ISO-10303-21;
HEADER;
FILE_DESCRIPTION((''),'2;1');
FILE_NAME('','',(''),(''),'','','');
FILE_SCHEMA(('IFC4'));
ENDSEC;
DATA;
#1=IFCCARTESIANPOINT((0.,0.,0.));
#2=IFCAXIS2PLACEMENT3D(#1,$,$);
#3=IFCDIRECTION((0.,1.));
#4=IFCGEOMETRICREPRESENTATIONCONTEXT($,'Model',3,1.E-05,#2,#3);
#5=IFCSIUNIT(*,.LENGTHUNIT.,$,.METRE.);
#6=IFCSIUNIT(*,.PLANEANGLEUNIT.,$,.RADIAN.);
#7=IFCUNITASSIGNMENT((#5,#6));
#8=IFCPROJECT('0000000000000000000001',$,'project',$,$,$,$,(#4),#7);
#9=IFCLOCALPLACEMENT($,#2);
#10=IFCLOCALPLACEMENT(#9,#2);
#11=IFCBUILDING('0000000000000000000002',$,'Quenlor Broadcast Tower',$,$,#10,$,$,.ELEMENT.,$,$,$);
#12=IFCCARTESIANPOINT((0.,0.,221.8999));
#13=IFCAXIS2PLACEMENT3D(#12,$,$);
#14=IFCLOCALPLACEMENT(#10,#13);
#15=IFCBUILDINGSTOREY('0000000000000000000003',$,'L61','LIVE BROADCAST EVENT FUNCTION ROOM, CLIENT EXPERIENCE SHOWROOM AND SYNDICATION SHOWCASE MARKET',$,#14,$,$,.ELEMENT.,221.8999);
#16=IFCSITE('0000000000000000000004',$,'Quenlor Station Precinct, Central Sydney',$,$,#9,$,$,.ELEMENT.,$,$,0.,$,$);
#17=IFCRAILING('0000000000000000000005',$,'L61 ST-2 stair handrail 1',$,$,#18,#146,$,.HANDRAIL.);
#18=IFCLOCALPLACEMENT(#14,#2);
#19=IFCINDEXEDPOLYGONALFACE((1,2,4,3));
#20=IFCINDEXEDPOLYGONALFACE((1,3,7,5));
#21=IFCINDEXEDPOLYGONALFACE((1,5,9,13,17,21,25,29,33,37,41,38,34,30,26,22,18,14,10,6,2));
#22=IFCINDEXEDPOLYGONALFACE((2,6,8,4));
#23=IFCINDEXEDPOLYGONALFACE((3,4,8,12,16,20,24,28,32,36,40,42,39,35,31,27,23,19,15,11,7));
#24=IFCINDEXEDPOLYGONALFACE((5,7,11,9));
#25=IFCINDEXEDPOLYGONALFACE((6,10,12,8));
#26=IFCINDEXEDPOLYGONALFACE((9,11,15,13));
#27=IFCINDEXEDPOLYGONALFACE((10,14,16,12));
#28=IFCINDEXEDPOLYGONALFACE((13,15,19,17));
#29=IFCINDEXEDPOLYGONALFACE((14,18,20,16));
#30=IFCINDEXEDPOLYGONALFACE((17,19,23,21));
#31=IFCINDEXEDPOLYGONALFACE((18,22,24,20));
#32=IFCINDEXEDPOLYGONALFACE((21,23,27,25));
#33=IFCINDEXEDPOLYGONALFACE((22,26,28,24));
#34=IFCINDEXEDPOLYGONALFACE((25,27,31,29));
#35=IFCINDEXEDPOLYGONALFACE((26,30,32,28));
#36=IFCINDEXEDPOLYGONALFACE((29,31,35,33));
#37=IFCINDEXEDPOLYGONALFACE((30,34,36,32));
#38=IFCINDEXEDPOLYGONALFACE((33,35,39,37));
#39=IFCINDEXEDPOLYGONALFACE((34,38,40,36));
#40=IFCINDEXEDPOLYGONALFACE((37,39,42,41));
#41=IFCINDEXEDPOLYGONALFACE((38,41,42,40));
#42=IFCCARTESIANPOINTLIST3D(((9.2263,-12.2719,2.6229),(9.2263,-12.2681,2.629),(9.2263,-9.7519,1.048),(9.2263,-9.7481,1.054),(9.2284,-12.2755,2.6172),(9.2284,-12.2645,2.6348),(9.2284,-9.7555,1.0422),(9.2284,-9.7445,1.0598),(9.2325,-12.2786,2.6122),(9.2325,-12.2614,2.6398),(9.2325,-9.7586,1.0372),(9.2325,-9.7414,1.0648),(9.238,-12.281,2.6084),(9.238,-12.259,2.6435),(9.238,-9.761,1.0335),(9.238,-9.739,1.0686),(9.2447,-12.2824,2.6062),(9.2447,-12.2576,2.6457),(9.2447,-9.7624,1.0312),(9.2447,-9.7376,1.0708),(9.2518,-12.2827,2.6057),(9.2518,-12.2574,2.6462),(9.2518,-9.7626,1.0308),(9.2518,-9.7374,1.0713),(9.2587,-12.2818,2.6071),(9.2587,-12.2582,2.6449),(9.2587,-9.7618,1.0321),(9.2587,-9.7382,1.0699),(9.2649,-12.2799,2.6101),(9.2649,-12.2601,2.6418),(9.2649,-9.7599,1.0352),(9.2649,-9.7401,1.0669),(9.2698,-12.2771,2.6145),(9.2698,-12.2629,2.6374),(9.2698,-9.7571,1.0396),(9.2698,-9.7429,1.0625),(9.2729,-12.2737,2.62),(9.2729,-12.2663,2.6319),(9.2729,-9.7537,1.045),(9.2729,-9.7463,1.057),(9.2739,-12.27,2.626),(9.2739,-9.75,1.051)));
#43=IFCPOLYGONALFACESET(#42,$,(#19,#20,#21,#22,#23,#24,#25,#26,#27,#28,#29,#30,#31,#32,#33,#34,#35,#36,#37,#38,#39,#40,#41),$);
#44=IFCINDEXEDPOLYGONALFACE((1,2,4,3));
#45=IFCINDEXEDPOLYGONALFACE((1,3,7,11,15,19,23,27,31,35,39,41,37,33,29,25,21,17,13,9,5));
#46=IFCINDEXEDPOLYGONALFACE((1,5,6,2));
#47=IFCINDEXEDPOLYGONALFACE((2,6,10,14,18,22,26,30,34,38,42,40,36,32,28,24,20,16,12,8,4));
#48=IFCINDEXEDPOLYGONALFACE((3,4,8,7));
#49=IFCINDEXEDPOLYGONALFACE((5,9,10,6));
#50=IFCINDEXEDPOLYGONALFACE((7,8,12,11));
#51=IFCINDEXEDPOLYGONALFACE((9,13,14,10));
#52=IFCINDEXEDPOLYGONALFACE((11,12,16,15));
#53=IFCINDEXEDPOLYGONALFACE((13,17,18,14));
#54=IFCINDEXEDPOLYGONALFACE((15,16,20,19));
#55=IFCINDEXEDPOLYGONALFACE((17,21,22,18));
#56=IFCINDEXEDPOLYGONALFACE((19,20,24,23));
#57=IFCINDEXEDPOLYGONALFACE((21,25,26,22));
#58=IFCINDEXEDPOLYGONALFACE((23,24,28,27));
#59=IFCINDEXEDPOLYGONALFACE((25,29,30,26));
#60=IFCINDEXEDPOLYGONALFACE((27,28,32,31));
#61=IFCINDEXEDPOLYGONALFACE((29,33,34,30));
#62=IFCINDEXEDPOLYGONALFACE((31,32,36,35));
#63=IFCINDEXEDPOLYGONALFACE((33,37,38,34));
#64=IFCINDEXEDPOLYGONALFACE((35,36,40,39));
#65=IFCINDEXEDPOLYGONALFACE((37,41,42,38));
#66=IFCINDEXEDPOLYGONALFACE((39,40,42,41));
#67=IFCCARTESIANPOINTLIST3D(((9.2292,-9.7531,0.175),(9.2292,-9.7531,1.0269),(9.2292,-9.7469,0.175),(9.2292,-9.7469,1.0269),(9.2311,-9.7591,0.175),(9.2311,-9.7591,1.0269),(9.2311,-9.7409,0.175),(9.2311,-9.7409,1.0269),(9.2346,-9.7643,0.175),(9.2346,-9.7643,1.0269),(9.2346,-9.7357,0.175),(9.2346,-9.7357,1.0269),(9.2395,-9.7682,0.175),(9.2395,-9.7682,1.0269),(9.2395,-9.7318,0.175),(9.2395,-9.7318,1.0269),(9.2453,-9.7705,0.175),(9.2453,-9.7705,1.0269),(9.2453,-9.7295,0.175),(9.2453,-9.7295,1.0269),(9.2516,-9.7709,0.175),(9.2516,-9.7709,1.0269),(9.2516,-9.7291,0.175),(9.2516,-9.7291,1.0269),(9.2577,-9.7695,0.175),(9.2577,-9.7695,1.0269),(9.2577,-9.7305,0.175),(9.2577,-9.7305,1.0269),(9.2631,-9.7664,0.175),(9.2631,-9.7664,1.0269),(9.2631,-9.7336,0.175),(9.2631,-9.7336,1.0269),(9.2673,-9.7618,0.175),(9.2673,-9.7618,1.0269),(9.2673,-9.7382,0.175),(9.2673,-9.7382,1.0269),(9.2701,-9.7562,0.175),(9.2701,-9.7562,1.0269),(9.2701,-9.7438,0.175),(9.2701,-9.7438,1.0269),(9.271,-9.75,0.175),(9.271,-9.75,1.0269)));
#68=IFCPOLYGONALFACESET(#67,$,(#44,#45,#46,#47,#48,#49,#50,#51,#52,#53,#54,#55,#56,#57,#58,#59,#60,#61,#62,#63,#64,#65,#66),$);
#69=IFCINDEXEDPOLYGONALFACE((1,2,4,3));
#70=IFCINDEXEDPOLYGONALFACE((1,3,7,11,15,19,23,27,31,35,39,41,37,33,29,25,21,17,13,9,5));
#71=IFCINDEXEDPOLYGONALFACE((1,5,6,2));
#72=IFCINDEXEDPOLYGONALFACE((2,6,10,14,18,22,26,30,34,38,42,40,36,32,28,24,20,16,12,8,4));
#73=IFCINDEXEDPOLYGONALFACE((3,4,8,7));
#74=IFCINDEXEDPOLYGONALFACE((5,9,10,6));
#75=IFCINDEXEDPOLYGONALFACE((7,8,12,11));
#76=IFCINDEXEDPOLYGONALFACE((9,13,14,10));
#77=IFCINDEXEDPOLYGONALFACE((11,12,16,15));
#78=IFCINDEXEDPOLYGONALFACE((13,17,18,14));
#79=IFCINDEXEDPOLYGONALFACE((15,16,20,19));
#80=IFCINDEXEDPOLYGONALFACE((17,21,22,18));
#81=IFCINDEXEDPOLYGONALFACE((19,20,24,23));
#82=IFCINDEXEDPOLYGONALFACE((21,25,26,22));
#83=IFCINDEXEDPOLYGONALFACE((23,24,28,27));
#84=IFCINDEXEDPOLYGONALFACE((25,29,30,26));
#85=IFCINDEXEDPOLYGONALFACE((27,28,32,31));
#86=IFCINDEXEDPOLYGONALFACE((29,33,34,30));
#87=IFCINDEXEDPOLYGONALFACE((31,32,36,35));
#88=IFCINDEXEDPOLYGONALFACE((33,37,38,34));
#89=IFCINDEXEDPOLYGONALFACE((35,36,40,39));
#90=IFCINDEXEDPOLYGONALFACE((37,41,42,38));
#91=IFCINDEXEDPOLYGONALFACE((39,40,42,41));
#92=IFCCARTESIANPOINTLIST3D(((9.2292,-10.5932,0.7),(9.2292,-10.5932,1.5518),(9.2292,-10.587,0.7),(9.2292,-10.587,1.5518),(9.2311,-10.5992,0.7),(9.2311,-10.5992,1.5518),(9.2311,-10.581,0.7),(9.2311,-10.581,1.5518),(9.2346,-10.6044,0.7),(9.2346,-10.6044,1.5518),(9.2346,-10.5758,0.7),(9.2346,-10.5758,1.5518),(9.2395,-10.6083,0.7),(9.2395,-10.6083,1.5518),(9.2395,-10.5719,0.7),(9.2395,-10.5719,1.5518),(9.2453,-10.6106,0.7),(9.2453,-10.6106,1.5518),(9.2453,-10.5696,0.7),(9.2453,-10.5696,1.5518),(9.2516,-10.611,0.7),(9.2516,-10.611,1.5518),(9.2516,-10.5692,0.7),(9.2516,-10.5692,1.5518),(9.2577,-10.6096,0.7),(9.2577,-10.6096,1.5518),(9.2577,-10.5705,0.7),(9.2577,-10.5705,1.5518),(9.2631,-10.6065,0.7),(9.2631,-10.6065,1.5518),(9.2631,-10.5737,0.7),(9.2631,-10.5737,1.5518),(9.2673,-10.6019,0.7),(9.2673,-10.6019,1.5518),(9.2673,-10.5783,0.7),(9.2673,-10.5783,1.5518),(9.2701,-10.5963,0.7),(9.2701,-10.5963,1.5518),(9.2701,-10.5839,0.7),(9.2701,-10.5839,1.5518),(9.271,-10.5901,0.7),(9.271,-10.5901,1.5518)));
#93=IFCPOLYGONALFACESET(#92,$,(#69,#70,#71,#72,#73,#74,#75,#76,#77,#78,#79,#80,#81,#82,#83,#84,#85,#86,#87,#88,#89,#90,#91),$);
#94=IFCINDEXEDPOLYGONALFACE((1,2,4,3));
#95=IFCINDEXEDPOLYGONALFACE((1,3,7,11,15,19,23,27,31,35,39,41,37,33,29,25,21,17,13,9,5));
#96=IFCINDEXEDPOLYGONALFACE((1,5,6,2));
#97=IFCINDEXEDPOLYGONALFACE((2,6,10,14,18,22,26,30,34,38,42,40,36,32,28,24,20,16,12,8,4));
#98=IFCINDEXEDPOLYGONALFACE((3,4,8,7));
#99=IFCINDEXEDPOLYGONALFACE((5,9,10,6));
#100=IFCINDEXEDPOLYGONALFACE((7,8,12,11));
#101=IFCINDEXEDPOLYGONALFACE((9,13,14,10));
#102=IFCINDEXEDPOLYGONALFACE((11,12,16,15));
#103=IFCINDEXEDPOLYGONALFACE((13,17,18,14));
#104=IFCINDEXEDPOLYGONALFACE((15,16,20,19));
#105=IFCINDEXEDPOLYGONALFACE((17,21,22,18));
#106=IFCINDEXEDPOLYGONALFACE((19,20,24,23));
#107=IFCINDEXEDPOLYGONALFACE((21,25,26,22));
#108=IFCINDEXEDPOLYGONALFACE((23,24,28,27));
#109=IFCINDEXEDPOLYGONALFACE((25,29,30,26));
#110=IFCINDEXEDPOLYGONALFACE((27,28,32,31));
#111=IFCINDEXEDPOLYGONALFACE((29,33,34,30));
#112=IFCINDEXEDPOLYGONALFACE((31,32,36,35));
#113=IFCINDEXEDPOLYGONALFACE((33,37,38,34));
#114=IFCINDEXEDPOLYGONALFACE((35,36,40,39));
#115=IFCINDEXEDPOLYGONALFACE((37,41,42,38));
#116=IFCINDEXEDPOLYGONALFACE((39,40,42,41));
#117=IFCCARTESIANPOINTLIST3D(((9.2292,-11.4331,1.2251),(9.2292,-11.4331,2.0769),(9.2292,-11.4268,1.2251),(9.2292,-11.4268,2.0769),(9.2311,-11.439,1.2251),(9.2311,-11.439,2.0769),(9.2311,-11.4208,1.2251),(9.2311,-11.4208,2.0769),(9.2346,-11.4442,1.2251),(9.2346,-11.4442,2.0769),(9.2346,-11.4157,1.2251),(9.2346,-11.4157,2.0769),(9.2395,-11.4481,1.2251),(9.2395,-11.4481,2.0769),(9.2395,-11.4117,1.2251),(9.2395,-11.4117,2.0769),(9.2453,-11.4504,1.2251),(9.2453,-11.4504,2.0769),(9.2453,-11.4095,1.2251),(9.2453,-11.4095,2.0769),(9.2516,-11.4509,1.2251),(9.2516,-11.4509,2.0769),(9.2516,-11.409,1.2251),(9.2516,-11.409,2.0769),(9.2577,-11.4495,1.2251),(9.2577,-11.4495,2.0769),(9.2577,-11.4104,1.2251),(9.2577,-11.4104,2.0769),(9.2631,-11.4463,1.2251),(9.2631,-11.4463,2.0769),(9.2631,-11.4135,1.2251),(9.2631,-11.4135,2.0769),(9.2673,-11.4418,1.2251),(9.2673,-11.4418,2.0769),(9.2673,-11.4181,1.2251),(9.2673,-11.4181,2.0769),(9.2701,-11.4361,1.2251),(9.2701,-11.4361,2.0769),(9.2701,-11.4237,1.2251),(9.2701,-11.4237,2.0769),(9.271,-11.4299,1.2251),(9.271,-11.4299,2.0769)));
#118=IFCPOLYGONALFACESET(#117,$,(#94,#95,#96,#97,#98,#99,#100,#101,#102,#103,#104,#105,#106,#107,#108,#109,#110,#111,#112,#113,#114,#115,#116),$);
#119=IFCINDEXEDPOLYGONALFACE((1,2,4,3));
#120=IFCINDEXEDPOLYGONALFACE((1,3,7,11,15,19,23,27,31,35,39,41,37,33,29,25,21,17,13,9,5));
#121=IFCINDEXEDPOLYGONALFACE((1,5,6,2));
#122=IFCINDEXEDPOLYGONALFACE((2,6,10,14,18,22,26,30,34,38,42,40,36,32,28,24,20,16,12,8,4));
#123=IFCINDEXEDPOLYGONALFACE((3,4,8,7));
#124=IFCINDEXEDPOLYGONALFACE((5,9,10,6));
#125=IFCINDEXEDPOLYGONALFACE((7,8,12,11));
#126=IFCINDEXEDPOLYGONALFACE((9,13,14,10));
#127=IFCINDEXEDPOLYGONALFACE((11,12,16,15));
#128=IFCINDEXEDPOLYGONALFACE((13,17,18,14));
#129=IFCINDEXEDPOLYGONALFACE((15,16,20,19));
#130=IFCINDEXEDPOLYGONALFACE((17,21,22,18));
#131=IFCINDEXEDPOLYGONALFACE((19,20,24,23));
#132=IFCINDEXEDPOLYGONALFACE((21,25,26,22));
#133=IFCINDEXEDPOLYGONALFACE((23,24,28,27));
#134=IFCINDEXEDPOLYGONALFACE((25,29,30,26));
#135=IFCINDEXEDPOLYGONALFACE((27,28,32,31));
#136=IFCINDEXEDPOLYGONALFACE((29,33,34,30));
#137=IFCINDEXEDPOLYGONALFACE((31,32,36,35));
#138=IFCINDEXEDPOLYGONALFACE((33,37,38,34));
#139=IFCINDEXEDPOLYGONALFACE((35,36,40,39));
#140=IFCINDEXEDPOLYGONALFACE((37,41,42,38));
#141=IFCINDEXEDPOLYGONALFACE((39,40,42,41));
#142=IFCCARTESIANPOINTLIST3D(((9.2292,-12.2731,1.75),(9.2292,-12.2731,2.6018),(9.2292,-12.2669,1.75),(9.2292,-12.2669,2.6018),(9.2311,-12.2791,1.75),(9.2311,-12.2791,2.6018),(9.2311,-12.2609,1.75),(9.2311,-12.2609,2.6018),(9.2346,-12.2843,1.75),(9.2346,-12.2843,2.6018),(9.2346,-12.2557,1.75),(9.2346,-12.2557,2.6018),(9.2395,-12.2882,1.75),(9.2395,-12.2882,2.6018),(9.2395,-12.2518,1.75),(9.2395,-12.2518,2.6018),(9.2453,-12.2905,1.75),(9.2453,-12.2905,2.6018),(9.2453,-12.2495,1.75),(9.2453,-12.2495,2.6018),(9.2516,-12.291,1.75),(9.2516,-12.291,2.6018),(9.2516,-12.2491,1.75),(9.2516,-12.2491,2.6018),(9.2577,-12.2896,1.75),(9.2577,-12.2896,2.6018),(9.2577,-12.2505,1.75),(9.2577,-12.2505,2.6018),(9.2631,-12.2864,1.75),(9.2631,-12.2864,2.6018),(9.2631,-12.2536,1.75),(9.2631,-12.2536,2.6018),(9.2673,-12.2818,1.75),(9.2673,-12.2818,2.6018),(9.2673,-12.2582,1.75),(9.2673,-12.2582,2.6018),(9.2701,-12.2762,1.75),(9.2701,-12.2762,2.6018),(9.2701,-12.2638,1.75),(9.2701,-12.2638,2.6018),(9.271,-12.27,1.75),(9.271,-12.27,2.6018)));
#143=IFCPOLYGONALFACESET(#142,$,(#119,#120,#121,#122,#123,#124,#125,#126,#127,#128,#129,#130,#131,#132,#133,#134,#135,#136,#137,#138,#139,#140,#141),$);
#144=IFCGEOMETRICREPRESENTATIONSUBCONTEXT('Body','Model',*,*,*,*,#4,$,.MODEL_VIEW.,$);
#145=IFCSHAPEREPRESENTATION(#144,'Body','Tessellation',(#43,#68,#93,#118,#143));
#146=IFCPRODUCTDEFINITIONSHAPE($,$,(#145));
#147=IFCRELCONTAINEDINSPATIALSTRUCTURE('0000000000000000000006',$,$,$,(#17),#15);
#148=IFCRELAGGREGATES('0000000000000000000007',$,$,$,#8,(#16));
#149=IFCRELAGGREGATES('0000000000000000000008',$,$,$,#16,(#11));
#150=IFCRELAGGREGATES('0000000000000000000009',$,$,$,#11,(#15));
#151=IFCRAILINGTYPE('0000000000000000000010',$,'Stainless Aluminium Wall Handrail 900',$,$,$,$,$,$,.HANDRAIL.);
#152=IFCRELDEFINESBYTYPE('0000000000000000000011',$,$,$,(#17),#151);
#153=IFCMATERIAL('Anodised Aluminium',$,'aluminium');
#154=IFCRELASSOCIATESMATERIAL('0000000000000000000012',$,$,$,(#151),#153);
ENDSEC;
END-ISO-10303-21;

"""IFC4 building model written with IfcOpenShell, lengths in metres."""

from ifc_helpers import new_model, si_unit, direction, frame, origin, origin_2d, place, context, subcontext, project, spatial, circle, extrude, material, type_object, element, save


model = new_model("IFC4")

# Units and contexts
model_context = context("Model", 3, precision=1e-05, world=origin(), true_north=direction((0.0, 1.0)))
body_context = subcontext(model_context, "Body", "Model", "MODEL_VIEW")
ifc_project = project(units=[si_unit("LENGTHUNIT", "METRE"), si_unit("PLANEANGLEUNIT", "RADIAN")], contexts=[model_context])

# Site, building, storey
site_placement = place(None, origin())
site = spatial("IfcSite", under=ifc_project, at=site_placement, Name="Quenlor Station Precinct, Central Sydney", CompositionType="ELEMENT", RefElevation=0.0)
building_placement = place(site_placement, origin())
building = spatial("IfcBuilding", under=site, at=building_placement, Name="Quenlor Broadcast Tower", CompositionType="ELEMENT")
storey_placement = place(building_placement, frame((0.0, 0.0, 221.8999)))
storey = spatial("IfcBuildingStorey", under=building, at=storey_placement, Name="L61", Description="LIVE BROADCAST EVENT FUNCTION ROOM, CLIENT EXPERIENCE SHOWROOM AND SYNDICATION SHOWCASE MARKET", CompositionType="ELEMENT", Elevation=221.8999)

# Railing
ifc_material_1 = material(Name="Anodised Aluminium", Category="aluminium")
railing_type_1 = type_object("IfcRailingType", Name="Stainless Aluminium Wall Handrail 900", PredefinedType="HANDRAIL", material=ifc_material_1)
railing_1_placement = place(storey_placement, frame((9.25, -9.75, 0.175)))
element("IfcRailing", 1, at=railing_1_placement, inside=storey, type_object=railing_type_1, Name="L61 ST-2 stair handrail 1", PredefinedType="HANDRAIL", context=body_context, shape_type="SweptSolid", body=[
    extrude(circle(Radius=0.0239, at=origin_2d()), frame((0.0, 0.0, 0.876), z_axis=(0.0, -0.848008, 0.529984), x_axis=(1.0, 0.0, 0.0)), (0.0, 0.0, 1.0), 2.9717),
    extrude(circle(Radius=0.021, at=origin_2d()), origin(), (0.0, 0.0, 1.0), 0.8518),
    extrude(circle(Radius=0.021, at=origin_2d()), frame((0.0, -0.8401, 0.5249)), (0.0, 0.0, 1.0), 0.8518),
    extrude(circle(Radius=0.021, at=origin_2d()), frame((0.0, -1.6799, 1.05)), (0.0, 0.0, 1.0), 0.8518),
    extrude(circle(Radius=0.021, at=origin_2d()), frame((0.0, -2.52, 1.575)), (0.0, 0.0, 1.0), 0.8518),
])

save(model, "model.ifc")
